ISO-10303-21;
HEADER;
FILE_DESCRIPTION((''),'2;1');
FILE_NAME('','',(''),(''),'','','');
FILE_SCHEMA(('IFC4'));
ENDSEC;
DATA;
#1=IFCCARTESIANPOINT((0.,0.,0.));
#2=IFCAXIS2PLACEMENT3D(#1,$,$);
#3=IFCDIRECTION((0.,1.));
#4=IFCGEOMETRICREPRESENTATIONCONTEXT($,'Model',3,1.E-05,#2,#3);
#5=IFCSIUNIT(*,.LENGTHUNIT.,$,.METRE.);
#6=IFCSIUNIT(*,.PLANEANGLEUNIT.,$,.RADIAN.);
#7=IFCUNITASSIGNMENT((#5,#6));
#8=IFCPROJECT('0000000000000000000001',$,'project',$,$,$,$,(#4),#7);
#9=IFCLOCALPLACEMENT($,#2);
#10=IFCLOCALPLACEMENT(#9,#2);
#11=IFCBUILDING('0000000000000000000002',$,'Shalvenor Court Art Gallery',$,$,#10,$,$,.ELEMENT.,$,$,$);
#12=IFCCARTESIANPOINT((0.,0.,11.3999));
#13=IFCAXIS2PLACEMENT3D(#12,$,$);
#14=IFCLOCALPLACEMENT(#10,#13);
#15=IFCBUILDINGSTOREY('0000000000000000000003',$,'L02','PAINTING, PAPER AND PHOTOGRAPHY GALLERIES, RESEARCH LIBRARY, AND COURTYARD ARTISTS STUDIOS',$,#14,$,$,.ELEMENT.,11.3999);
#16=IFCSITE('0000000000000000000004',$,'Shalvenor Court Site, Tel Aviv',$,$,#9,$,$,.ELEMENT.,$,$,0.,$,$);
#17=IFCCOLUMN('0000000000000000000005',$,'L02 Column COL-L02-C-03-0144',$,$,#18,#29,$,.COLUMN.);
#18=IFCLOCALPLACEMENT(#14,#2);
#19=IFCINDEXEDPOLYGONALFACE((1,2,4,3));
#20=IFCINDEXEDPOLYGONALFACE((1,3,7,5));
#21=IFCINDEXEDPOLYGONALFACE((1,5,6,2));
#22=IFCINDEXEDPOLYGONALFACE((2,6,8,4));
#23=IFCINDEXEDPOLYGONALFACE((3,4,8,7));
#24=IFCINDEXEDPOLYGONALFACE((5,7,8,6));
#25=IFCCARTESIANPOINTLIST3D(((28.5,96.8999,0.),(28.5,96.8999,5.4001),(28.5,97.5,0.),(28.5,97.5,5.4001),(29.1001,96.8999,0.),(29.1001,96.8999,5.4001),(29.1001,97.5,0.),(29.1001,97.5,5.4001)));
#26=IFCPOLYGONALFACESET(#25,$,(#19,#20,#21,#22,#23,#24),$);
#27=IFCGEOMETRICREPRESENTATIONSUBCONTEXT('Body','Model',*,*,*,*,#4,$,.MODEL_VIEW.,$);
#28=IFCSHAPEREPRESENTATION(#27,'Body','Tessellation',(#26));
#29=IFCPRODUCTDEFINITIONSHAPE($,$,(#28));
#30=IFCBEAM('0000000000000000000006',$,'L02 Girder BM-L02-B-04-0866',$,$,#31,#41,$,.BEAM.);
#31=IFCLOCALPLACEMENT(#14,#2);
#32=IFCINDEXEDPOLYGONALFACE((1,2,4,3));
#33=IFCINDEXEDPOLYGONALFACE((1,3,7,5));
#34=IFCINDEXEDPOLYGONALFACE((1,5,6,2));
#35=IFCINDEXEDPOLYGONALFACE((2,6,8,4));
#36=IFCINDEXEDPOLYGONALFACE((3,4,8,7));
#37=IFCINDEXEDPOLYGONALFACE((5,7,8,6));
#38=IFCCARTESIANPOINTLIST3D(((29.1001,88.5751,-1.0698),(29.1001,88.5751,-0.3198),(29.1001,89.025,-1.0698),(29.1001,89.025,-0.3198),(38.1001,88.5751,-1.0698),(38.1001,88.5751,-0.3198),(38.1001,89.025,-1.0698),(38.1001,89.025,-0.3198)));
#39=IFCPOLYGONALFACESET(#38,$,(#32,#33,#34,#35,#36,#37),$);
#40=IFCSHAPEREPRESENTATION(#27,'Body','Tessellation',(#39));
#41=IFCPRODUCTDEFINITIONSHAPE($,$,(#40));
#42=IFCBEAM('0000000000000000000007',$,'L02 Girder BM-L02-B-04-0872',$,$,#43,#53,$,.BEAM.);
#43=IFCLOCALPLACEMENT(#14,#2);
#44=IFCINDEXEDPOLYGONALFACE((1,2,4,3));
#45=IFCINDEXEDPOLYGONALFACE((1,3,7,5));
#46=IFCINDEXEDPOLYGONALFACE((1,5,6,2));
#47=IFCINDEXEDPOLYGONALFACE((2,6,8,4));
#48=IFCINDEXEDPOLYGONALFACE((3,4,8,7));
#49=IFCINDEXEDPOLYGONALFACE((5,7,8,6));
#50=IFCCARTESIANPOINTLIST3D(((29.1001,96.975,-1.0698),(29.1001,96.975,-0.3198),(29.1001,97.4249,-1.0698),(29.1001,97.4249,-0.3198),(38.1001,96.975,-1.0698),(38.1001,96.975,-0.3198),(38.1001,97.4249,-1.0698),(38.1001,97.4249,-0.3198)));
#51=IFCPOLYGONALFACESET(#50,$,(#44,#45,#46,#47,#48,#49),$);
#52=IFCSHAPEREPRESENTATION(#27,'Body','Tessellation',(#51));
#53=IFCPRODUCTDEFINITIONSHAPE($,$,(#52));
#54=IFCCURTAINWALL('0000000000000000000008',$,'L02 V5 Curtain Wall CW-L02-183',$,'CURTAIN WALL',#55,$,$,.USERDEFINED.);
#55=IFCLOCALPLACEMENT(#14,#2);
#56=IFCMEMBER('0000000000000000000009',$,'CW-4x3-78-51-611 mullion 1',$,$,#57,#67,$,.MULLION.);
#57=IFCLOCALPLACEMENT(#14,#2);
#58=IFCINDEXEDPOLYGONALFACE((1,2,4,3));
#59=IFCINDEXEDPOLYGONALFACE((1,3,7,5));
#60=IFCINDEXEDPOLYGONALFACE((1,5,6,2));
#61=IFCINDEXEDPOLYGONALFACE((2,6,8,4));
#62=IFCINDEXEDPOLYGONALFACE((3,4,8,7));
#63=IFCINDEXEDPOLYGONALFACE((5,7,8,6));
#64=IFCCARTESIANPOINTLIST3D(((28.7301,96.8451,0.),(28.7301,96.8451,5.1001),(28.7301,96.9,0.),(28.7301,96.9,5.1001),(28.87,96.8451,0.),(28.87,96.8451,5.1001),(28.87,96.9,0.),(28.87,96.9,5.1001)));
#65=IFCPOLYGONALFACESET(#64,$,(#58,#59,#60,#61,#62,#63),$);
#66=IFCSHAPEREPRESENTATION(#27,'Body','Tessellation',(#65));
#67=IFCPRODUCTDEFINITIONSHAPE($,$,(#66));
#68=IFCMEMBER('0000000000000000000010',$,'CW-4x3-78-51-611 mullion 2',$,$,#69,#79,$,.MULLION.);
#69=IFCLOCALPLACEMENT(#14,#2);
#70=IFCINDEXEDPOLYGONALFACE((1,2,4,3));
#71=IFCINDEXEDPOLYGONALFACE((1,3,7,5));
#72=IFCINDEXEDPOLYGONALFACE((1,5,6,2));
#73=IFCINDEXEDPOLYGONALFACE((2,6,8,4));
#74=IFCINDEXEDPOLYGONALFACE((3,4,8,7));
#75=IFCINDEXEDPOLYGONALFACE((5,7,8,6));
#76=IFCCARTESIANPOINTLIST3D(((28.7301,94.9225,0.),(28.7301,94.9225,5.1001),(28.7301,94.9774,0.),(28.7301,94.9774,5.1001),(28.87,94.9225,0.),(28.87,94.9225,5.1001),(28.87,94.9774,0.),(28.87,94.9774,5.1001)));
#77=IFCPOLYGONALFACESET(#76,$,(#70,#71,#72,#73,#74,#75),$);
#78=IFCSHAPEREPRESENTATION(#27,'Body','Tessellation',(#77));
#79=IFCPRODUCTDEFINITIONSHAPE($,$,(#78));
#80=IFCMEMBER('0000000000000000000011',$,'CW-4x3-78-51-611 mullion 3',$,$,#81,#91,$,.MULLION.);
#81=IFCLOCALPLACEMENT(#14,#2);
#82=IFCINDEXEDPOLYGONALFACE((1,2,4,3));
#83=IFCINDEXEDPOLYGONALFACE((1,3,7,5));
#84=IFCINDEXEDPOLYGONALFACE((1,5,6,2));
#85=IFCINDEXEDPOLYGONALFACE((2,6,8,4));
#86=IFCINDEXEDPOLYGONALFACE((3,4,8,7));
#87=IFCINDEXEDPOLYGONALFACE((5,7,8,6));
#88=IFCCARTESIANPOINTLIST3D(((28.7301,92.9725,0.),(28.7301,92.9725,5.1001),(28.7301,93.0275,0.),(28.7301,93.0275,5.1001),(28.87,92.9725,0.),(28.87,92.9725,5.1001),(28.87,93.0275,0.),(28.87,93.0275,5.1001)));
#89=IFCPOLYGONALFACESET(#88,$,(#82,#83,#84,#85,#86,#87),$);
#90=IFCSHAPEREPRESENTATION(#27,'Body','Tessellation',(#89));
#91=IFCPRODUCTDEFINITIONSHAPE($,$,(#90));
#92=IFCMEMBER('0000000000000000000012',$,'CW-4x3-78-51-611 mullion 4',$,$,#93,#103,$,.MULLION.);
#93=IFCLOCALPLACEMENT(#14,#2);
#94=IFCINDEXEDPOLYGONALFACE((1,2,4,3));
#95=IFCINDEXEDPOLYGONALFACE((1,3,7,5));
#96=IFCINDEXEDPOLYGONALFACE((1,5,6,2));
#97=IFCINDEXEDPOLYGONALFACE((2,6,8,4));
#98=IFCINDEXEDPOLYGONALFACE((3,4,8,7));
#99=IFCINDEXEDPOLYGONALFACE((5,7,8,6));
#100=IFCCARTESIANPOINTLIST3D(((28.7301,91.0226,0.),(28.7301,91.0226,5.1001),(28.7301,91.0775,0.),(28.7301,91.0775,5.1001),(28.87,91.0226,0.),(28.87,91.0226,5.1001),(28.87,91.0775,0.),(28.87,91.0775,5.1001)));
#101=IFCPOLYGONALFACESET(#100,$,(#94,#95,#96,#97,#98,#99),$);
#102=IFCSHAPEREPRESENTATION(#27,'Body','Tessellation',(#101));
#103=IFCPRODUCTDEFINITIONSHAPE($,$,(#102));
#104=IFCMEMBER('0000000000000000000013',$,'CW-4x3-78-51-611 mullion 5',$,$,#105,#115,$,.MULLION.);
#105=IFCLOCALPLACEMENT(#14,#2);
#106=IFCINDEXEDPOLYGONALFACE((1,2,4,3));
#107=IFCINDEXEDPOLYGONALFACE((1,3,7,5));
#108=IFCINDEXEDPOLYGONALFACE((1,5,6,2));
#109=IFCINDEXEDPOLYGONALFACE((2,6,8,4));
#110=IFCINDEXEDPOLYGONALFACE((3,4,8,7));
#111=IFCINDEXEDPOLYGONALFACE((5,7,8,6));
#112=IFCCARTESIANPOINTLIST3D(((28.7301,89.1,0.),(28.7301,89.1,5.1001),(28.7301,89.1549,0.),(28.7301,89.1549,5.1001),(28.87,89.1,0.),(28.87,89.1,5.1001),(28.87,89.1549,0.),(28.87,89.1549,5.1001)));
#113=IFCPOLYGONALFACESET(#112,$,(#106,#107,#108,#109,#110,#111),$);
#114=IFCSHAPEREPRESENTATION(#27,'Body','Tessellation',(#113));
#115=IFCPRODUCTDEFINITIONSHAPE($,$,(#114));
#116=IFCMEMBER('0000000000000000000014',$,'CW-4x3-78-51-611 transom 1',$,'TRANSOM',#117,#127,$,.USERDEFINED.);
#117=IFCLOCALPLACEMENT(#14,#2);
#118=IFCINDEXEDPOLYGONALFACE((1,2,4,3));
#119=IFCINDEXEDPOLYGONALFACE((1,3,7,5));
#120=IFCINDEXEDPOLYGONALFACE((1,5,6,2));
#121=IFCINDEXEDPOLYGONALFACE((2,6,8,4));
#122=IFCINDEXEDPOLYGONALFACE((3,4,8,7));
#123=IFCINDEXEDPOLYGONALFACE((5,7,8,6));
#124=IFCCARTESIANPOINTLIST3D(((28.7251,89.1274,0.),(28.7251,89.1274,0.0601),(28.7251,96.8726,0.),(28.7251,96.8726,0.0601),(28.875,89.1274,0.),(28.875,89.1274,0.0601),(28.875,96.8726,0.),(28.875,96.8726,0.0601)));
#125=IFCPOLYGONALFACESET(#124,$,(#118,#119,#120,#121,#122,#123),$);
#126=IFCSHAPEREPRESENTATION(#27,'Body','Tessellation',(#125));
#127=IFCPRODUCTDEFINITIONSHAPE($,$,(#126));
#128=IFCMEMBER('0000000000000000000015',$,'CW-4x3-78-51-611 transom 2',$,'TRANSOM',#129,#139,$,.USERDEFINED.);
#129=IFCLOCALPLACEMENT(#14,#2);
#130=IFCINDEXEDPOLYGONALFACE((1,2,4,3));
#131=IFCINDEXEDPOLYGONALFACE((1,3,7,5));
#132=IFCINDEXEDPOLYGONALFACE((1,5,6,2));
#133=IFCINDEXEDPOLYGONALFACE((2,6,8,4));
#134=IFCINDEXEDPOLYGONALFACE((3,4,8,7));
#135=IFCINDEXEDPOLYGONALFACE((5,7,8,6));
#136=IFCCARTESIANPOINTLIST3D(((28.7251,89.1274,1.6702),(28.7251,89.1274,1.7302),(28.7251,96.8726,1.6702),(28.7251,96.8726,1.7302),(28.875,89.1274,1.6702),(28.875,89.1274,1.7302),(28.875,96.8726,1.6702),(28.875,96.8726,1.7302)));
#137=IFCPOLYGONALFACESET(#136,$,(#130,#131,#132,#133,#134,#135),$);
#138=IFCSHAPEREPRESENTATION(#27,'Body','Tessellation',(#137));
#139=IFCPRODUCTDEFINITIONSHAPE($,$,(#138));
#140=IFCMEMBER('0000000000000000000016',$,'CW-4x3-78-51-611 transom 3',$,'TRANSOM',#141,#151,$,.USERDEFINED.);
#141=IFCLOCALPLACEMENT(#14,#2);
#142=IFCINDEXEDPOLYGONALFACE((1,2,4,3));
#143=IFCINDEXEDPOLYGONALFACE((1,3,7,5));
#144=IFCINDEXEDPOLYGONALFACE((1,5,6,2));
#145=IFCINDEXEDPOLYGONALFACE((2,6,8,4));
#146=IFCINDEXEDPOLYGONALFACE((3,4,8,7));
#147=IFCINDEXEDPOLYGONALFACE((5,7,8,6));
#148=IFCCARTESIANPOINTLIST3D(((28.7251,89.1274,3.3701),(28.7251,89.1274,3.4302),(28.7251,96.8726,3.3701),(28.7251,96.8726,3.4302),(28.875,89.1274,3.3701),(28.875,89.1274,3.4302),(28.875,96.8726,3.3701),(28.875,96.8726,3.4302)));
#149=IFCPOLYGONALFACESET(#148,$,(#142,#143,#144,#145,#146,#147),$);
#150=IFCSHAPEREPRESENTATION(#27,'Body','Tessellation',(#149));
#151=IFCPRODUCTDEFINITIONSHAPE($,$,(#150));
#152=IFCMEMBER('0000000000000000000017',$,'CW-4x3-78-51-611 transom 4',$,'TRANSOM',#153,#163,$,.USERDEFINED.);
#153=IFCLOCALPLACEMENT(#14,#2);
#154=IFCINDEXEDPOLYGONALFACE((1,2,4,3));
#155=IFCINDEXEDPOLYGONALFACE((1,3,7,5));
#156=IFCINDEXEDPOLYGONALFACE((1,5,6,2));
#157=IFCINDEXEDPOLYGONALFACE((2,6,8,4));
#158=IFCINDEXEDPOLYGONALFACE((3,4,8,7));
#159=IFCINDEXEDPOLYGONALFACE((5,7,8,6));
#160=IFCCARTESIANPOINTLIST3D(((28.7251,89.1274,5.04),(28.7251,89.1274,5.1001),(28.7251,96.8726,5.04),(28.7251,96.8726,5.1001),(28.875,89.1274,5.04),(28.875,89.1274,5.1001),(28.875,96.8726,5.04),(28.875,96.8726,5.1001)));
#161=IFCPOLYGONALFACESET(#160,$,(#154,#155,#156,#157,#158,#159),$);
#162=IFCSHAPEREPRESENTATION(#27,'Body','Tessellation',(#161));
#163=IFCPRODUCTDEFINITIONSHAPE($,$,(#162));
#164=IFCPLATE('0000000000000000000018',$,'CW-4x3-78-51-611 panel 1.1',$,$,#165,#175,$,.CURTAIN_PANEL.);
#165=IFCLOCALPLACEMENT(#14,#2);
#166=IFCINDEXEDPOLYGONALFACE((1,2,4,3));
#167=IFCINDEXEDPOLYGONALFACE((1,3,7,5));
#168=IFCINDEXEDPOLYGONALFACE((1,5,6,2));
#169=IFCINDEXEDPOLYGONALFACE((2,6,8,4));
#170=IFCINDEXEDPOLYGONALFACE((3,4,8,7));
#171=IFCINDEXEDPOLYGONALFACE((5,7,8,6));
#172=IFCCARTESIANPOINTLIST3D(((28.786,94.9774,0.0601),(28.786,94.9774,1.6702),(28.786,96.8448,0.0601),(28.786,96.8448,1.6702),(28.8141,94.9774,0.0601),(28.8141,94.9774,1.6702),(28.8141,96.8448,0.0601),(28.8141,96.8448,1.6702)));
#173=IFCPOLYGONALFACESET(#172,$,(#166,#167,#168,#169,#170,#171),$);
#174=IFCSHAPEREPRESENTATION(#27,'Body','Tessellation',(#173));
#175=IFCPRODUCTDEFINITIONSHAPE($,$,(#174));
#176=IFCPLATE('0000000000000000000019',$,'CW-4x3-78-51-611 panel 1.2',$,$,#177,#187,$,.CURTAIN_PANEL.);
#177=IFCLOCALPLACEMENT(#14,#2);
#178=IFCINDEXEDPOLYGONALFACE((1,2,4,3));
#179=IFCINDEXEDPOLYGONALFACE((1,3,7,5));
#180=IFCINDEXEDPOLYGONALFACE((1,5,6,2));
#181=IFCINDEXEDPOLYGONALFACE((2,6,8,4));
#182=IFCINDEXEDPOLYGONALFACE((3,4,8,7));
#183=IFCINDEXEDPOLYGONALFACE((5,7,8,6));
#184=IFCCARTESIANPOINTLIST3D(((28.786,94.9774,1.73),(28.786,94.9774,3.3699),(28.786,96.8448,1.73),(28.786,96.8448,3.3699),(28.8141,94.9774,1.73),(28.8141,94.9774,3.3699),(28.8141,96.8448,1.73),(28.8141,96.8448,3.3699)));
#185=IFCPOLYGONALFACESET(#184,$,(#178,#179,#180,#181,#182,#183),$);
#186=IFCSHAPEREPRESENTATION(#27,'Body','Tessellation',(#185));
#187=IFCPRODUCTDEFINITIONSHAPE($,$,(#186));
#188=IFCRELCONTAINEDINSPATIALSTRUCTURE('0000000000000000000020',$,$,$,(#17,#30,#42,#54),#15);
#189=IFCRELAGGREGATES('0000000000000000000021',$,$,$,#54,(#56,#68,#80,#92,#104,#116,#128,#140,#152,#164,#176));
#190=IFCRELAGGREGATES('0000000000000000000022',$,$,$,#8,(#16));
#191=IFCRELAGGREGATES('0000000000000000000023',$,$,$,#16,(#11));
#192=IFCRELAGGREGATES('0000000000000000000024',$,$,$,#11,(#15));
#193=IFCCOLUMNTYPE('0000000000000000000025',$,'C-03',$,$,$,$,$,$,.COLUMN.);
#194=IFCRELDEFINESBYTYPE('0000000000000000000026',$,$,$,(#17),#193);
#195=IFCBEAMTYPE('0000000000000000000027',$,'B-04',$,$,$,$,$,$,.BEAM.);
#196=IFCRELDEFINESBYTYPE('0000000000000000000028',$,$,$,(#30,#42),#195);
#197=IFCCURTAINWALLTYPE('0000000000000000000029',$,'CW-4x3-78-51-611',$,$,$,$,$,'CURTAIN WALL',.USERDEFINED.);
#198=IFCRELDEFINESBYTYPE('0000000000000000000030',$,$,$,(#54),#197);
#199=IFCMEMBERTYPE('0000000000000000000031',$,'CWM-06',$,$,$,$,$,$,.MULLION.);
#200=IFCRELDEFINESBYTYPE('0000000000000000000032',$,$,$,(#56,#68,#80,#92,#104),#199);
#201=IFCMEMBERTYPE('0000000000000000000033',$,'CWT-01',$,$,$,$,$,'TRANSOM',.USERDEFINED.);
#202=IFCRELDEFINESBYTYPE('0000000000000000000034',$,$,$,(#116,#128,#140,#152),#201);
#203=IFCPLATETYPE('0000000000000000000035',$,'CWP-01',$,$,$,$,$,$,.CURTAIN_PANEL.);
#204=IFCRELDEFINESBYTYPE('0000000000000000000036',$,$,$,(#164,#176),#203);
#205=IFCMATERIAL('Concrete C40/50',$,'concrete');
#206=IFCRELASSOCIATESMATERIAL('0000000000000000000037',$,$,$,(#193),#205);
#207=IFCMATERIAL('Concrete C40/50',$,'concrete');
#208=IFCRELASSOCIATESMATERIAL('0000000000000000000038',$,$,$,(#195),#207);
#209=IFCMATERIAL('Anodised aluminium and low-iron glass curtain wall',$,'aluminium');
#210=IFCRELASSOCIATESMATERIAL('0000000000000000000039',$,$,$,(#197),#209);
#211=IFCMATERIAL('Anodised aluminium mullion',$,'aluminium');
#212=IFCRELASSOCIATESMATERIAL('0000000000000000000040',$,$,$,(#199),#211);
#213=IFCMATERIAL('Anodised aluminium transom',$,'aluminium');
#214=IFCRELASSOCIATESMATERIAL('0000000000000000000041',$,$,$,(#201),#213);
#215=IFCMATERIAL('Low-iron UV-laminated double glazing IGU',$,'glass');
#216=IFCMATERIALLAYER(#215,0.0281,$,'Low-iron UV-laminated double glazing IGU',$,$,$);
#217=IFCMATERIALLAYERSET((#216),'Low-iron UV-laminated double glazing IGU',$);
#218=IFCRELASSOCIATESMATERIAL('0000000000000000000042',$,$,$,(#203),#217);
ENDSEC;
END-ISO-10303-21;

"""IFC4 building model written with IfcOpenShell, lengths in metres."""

from ifc_helpers import new_model, si_unit, direction, frame, origin, origin_2d, place, context, subcontext, project, spatial, rectangle, extrude, material, layer, layer_set, material_profile, profile_set, type_object, element, aggregate, save


model = new_model("IFC4")

# Units and contexts
model_context = context("Model", 3, precision=1e-05, world=origin(), true_north=direction((0.0, 1.0)))
body_context = subcontext(model_context, "Body", "Model", "MODEL_VIEW")
ifc_project = project(units=[si_unit("LENGTHUNIT", "METRE"), si_unit("PLANEANGLEUNIT", "RADIAN")], contexts=[model_context])

# Site, building, storey
site_placement = place(None, origin())
site = spatial("IfcSite", under=ifc_project, at=site_placement, Name="Shalvenor Court Site, Tel Aviv", CompositionType="ELEMENT", RefElevation=0.0)
building_placement = place(site_placement, origin())
building = spatial("IfcBuilding", under=site, at=building_placement, Name="Shalvenor Court Art Gallery", CompositionType="ELEMENT")
storey_placement = place(building_placement, frame((0.0, 0.0, 11.3999)))
storey = spatial("IfcBuildingStorey", under=building, at=storey_placement, Name="L02", Description="PAINTING, PAPER AND PHOTOGRAPHY GALLERIES, RESEARCH LIBRARY, AND COURTYARD ARTISTS STUDIOS", CompositionType="ELEMENT", Elevation=11.3999)

# Column
ifc_material_1 = material(Name="Concrete C40/50", Category="concrete")
ifc_material_profile_1 = material_profile(ifc_material_1, rectangle(XDim=0.6001, YDim=0.6001, at=origin_2d()), Name="RC 600x600")
ifc_profile_set_1 = profile_set([ifc_material_profile_1], Name="Concrete C40/50")
column_type = type_object("IfcColumnType", Name="C-03", PredefinedType="COLUMN", material=ifc_profile_set_1)
column_placement = place(storey_placement, frame((28.8, 97.2, 0.0), z_axis=(0.0, 0.0, 1.0), x_axis=(1.0, 0.0, 0.0)))
element("IfcColumn", 1, at=column_placement, inside=storey, type_object=column_type, Name="L02 Column COL-L02-C-03-0144", PredefinedType="COLUMN", context=body_context, shape_type="SweptSolid", body=[
    extrude(rectangle(XDim=0.6001, YDim=0.6001, at=origin_2d()), origin(), (0.0, 0.0, 1.0), 5.4001),
])

# Beams
ifc_material_2 = material(Name="Concrete C40/50", Category="concrete")
ifc_material_profile_2 = material_profile(ifc_material_2, rectangle(XDim=0.45, YDim=0.75, at=origin_2d()), Name="RC 450x750")
ifc_profile_set_2 = profile_set([ifc_material_profile_2], Name="Concrete C40/50")
beam_type = type_object("IfcBeamType", Name="B-04", PredefinedType="BEAM", material=ifc_profile_set_2)
for number, where, z_axis, x_axis, name in (
    (2, (29.1001, 88.8, -0.6948), (1.0, 0.0, 0.0), (0.0, 1.0, 0.0), "L02 Girder BM-L02-B-04-0866"),
    (3, (29.1001, 97.2, -0.6948), (1.0, 0.0, 0.0), (0.0, 1.0, 0.0), "L02 Girder BM-L02-B-04-0872"),
):
    element("IfcBeam", number, at=place(storey_placement, frame(where, z_axis=z_axis, x_axis=x_axis)), inside=storey, type_object=beam_type, Name=name, PredefinedType="BEAM", context=body_context, shape_type="SweptSolid", body=[
        extrude(rectangle(XDim=0.45, YDim=0.75, at=origin_2d()), origin(), (0.0, 0.0, 1.0), 9.0),
    ])

# Curtain wall, members, plates
ifc_material_3 = material(Name="Anodised aluminium and low-iron glass curtain wall", Category="aluminium")
curtain_wall_type = type_object("IfcCurtainWallType", Name="CW-4x3-78-51-611", ElementType="CURTAIN WALL", PredefinedType="USERDEFINED", material=ifc_material_3)
curtain_wall_placement = place(storey_placement, origin())
curtain_wall = element("IfcCurtainWall", 4, at=curtain_wall_placement, inside=storey, type_object=curtain_wall_type, Name="L02 V5 Curtain Wall CW-L02-183", ObjectType="CURTAIN WALL", PredefinedType="USERDEFINED")
ifc_material_4 = material(Name="Anodised aluminium mullion", Category="aluminium")
ifc_material_profile_3 = material_profile(ifc_material_4, rectangle(XDim=0.0549, YDim=0.1399, at=origin_2d()), Name="CWM-06")
ifc_profile_set_3 = profile_set([ifc_material_profile_3], Name="Anodised aluminium mullion")
member_type_1 = type_object("IfcMemberType", Name="CWM-06", PredefinedType="MULLION", material=ifc_profile_set_3)
member_1_placement = place(storey_placement, frame((28.8, 96.8726, 0.0), z_axis=(0.0, 0.0, 1.0), x_axis=(0.0, -1.0, 0.0)))
member_1 = element("IfcMember", 5, at=member_1_placement, type_object=member_type_1, Name="CW-4x3-78-51-611 mullion 1", PredefinedType="MULLION", context=body_context, shape_type="SweptSolid", body=[
    extrude(rectangle(XDim=0.0549, YDim=0.1399, at=origin_2d()), origin(), (0.0, 0.0, 1.0), 5.1001),
])
member_2_placement = place(storey_placement, frame((28.8, 94.95, 0.0), z_axis=(0.0, 0.0, 1.0), x_axis=(0.0, -1.0, 0.0)))
member_2 = element("IfcMember", 6, at=member_2_placement, type_object=member_type_1, Name="CW-4x3-78-51-611 mullion 2", PredefinedType="MULLION", context=body_context, shape_type="SweptSolid", body=[
    extrude(rectangle(XDim=0.0549, YDim=0.1399, at=origin_2d()), origin(), (0.0, 0.0, 1.0), 5.1001),
])
member_3_placement = place(storey_placement, frame((28.8, 93.0, 0.0), z_axis=(0.0, 0.0, 1.0), x_axis=(0.0, -1.0, 0.0)))
member_3 = element("IfcMember", 7, at=member_3_placement, type_object=member_type_1, Name="CW-4x3-78-51-611 mullion 3", PredefinedType="MULLION", context=body_context, shape_type="SweptSolid", body=[
    extrude(rectangle(XDim=0.0549, YDim=0.1399, at=origin_2d()), origin(), (0.0, 0.0, 1.0), 5.1001),
])
member_4_placement = place(storey_placement, frame((28.8, 91.05, 0.0), z_axis=(0.0, 0.0, 1.0), x_axis=(0.0, -1.0, 0.0)))
member_4 = element("IfcMember", 8, at=member_4_placement, type_object=member_type_1, Name="CW-4x3-78-51-611 mullion 4", PredefinedType="MULLION", context=body_context, shape_type="SweptSolid", body=[
    extrude(rectangle(XDim=0.0549, YDim=0.1399, at=origin_2d()), origin(), (0.0, 0.0, 1.0), 5.1001),
])
member_5_placement = place(storey_placement, frame((28.8, 89.1274, 0.0), z_axis=(0.0, 0.0, 1.0), x_axis=(0.0, -1.0, 0.0)))
member_5 = element("IfcMember", 9, at=member_5_placement, type_object=member_type_1, Name="CW-4x3-78-51-611 mullion 5", PredefinedType="MULLION", context=body_context, shape_type="SweptSolid", body=[
    extrude(rectangle(XDim=0.0549, YDim=0.1399, at=origin_2d()), origin(), (0.0, 0.0, 1.0), 5.1001),
])
ifc_material_5 = material(Name="Anodised aluminium transom", Category="aluminium")
ifc_material_profile_4 = material_profile(ifc_material_5, rectangle(XDim=0.1499, YDim=0.0601, at=origin_2d()), Name="CWT-01")
ifc_profile_set_4 = profile_set([ifc_material_profile_4], Name="Anodised aluminium transom")
member_type_2 = type_object("IfcMemberType", Name="CWT-01", ElementType="TRANSOM", PredefinedType="USERDEFINED", material=ifc_profile_set_4)
member_6_placement = place(storey_placement, frame((28.8, 96.8726, 0.03), z_axis=(0.0, -1.0, 0.0), x_axis=(1.0, 0.0, 0.0)))
member_6 = element("IfcMember", 10, at=member_6_placement, type_object=member_type_2, Name="CW-4x3-78-51-611 transom 1", ObjectType="TRANSOM", PredefinedType="USERDEFINED", context=body_context, shape_type="SweptSolid", body=[
    extrude(rectangle(XDim=0.1499, YDim=0.0601, at=origin_2d()), origin(), (0.0, 0.0, 1.0), 7.7451),
])
member_7_placement = place(storey_placement, frame((28.8, 96.8726, 1.7002), z_axis=(0.0, -1.0, 0.0), x_axis=(1.0, 0.0, 0.0)))
member_7 = element("IfcMember", 11, at=member_7_placement, type_object=member_type_2, Name="CW-4x3-78-51-611 transom 2", ObjectType="TRANSOM", PredefinedType="USERDEFINED", context=body_context, shape_type="SweptSolid", body=[
    extrude(rectangle(XDim=0.1499, YDim=0.0601, at=origin_2d()), origin(), (0.0, 0.0, 1.0), 7.7451),
])
member_8_placement = place(storey_placement, frame((28.8, 96.8726, 3.4001), z_axis=(0.0, -1.0, 0.0), x_axis=(1.0, 0.0, 0.0)))
member_8 = element("IfcMember", 12, at=member_8_placement, type_object=member_type_2, Name="CW-4x3-78-51-611 transom 3", ObjectType="TRANSOM", PredefinedType="USERDEFINED", context=body_context, shape_type="SweptSolid", body=[
    extrude(rectangle(XDim=0.1499, YDim=0.0601, at=origin_2d()), origin(), (0.0, 0.0, 1.0), 7.7451),
])
member_9_placement = place(storey_placement, frame((28.8, 96.8726, 5.0701), z_axis=(0.0, -1.0, 0.0), x_axis=(1.0, 0.0, 0.0)))
member_9 = element("IfcMember", 13, at=member_9_placement, type_object=member_type_2, Name="CW-4x3-78-51-611 transom 4", ObjectType="TRANSOM", PredefinedType="USERDEFINED", context=body_context, shape_type="SweptSolid", body=[
    extrude(rectangle(XDim=0.1499, YDim=0.0601, at=origin_2d()), origin(), (0.0, 0.0, 1.0), 7.7451),
])
ifc_material_6 = material(Name="Low-iron UV-laminated double glazing IGU", Category="glass")
ifc_layer_1 = layer(ifc_material_6, 0.0281, Name="Low-iron UV-laminated double glazing IGU")
ifc_layer_set_1 = layer_set([ifc_layer_1], Name="Low-iron UV-laminated double glazing IGU")
plate_type_1 = type_object("IfcPlateType", Name="CWP-01", PredefinedType="CURTAIN_PANEL", material=ifc_layer_set_1)
plate_1_placement = place(storey_placement, frame((28.8, 95.9111, 0.0601), z_axis=(0.0, 0.0, 1.0), x_axis=(0.0, -1.0, 0.0)))
plate_1 = element("IfcPlate", 14, at=plate_1_placement, type_object=plate_type_1, Name="CW-4x3-78-51-611 panel 1.1", PredefinedType="CURTAIN_PANEL", context=body_context, shape_type="SweptSolid", body=[
    extrude(rectangle(XDim=1.8674, YDim=0.0281, at=origin_2d()), origin(), (0.0, 0.0, 1.0), 1.6101),
])
plate_2_placement = place(storey_placement, frame((28.8, 95.9111, 1.73), z_axis=(0.0, 0.0, 1.0), x_axis=(0.0, -1.0, 0.0)))
plate_2 = element("IfcPlate", 15, at=plate_2_placement, type_object=plate_type_1, Name="CW-4x3-78-51-611 panel 1.2", PredefinedType="CURTAIN_PANEL", context=body_context, shape_type="SweptSolid", body=[
    extrude(rectangle(XDim=1.8674, YDim=0.0281, at=origin_2d()), origin(), (0.0, 0.0, 1.0), 1.6399),
])
aggregate(curtain_wall, [member_1, member_2, member_3, member_4, member_5, member_6, member_7, member_8, member_9, plate_1, plate_2])

save(model, "model.ifc")
